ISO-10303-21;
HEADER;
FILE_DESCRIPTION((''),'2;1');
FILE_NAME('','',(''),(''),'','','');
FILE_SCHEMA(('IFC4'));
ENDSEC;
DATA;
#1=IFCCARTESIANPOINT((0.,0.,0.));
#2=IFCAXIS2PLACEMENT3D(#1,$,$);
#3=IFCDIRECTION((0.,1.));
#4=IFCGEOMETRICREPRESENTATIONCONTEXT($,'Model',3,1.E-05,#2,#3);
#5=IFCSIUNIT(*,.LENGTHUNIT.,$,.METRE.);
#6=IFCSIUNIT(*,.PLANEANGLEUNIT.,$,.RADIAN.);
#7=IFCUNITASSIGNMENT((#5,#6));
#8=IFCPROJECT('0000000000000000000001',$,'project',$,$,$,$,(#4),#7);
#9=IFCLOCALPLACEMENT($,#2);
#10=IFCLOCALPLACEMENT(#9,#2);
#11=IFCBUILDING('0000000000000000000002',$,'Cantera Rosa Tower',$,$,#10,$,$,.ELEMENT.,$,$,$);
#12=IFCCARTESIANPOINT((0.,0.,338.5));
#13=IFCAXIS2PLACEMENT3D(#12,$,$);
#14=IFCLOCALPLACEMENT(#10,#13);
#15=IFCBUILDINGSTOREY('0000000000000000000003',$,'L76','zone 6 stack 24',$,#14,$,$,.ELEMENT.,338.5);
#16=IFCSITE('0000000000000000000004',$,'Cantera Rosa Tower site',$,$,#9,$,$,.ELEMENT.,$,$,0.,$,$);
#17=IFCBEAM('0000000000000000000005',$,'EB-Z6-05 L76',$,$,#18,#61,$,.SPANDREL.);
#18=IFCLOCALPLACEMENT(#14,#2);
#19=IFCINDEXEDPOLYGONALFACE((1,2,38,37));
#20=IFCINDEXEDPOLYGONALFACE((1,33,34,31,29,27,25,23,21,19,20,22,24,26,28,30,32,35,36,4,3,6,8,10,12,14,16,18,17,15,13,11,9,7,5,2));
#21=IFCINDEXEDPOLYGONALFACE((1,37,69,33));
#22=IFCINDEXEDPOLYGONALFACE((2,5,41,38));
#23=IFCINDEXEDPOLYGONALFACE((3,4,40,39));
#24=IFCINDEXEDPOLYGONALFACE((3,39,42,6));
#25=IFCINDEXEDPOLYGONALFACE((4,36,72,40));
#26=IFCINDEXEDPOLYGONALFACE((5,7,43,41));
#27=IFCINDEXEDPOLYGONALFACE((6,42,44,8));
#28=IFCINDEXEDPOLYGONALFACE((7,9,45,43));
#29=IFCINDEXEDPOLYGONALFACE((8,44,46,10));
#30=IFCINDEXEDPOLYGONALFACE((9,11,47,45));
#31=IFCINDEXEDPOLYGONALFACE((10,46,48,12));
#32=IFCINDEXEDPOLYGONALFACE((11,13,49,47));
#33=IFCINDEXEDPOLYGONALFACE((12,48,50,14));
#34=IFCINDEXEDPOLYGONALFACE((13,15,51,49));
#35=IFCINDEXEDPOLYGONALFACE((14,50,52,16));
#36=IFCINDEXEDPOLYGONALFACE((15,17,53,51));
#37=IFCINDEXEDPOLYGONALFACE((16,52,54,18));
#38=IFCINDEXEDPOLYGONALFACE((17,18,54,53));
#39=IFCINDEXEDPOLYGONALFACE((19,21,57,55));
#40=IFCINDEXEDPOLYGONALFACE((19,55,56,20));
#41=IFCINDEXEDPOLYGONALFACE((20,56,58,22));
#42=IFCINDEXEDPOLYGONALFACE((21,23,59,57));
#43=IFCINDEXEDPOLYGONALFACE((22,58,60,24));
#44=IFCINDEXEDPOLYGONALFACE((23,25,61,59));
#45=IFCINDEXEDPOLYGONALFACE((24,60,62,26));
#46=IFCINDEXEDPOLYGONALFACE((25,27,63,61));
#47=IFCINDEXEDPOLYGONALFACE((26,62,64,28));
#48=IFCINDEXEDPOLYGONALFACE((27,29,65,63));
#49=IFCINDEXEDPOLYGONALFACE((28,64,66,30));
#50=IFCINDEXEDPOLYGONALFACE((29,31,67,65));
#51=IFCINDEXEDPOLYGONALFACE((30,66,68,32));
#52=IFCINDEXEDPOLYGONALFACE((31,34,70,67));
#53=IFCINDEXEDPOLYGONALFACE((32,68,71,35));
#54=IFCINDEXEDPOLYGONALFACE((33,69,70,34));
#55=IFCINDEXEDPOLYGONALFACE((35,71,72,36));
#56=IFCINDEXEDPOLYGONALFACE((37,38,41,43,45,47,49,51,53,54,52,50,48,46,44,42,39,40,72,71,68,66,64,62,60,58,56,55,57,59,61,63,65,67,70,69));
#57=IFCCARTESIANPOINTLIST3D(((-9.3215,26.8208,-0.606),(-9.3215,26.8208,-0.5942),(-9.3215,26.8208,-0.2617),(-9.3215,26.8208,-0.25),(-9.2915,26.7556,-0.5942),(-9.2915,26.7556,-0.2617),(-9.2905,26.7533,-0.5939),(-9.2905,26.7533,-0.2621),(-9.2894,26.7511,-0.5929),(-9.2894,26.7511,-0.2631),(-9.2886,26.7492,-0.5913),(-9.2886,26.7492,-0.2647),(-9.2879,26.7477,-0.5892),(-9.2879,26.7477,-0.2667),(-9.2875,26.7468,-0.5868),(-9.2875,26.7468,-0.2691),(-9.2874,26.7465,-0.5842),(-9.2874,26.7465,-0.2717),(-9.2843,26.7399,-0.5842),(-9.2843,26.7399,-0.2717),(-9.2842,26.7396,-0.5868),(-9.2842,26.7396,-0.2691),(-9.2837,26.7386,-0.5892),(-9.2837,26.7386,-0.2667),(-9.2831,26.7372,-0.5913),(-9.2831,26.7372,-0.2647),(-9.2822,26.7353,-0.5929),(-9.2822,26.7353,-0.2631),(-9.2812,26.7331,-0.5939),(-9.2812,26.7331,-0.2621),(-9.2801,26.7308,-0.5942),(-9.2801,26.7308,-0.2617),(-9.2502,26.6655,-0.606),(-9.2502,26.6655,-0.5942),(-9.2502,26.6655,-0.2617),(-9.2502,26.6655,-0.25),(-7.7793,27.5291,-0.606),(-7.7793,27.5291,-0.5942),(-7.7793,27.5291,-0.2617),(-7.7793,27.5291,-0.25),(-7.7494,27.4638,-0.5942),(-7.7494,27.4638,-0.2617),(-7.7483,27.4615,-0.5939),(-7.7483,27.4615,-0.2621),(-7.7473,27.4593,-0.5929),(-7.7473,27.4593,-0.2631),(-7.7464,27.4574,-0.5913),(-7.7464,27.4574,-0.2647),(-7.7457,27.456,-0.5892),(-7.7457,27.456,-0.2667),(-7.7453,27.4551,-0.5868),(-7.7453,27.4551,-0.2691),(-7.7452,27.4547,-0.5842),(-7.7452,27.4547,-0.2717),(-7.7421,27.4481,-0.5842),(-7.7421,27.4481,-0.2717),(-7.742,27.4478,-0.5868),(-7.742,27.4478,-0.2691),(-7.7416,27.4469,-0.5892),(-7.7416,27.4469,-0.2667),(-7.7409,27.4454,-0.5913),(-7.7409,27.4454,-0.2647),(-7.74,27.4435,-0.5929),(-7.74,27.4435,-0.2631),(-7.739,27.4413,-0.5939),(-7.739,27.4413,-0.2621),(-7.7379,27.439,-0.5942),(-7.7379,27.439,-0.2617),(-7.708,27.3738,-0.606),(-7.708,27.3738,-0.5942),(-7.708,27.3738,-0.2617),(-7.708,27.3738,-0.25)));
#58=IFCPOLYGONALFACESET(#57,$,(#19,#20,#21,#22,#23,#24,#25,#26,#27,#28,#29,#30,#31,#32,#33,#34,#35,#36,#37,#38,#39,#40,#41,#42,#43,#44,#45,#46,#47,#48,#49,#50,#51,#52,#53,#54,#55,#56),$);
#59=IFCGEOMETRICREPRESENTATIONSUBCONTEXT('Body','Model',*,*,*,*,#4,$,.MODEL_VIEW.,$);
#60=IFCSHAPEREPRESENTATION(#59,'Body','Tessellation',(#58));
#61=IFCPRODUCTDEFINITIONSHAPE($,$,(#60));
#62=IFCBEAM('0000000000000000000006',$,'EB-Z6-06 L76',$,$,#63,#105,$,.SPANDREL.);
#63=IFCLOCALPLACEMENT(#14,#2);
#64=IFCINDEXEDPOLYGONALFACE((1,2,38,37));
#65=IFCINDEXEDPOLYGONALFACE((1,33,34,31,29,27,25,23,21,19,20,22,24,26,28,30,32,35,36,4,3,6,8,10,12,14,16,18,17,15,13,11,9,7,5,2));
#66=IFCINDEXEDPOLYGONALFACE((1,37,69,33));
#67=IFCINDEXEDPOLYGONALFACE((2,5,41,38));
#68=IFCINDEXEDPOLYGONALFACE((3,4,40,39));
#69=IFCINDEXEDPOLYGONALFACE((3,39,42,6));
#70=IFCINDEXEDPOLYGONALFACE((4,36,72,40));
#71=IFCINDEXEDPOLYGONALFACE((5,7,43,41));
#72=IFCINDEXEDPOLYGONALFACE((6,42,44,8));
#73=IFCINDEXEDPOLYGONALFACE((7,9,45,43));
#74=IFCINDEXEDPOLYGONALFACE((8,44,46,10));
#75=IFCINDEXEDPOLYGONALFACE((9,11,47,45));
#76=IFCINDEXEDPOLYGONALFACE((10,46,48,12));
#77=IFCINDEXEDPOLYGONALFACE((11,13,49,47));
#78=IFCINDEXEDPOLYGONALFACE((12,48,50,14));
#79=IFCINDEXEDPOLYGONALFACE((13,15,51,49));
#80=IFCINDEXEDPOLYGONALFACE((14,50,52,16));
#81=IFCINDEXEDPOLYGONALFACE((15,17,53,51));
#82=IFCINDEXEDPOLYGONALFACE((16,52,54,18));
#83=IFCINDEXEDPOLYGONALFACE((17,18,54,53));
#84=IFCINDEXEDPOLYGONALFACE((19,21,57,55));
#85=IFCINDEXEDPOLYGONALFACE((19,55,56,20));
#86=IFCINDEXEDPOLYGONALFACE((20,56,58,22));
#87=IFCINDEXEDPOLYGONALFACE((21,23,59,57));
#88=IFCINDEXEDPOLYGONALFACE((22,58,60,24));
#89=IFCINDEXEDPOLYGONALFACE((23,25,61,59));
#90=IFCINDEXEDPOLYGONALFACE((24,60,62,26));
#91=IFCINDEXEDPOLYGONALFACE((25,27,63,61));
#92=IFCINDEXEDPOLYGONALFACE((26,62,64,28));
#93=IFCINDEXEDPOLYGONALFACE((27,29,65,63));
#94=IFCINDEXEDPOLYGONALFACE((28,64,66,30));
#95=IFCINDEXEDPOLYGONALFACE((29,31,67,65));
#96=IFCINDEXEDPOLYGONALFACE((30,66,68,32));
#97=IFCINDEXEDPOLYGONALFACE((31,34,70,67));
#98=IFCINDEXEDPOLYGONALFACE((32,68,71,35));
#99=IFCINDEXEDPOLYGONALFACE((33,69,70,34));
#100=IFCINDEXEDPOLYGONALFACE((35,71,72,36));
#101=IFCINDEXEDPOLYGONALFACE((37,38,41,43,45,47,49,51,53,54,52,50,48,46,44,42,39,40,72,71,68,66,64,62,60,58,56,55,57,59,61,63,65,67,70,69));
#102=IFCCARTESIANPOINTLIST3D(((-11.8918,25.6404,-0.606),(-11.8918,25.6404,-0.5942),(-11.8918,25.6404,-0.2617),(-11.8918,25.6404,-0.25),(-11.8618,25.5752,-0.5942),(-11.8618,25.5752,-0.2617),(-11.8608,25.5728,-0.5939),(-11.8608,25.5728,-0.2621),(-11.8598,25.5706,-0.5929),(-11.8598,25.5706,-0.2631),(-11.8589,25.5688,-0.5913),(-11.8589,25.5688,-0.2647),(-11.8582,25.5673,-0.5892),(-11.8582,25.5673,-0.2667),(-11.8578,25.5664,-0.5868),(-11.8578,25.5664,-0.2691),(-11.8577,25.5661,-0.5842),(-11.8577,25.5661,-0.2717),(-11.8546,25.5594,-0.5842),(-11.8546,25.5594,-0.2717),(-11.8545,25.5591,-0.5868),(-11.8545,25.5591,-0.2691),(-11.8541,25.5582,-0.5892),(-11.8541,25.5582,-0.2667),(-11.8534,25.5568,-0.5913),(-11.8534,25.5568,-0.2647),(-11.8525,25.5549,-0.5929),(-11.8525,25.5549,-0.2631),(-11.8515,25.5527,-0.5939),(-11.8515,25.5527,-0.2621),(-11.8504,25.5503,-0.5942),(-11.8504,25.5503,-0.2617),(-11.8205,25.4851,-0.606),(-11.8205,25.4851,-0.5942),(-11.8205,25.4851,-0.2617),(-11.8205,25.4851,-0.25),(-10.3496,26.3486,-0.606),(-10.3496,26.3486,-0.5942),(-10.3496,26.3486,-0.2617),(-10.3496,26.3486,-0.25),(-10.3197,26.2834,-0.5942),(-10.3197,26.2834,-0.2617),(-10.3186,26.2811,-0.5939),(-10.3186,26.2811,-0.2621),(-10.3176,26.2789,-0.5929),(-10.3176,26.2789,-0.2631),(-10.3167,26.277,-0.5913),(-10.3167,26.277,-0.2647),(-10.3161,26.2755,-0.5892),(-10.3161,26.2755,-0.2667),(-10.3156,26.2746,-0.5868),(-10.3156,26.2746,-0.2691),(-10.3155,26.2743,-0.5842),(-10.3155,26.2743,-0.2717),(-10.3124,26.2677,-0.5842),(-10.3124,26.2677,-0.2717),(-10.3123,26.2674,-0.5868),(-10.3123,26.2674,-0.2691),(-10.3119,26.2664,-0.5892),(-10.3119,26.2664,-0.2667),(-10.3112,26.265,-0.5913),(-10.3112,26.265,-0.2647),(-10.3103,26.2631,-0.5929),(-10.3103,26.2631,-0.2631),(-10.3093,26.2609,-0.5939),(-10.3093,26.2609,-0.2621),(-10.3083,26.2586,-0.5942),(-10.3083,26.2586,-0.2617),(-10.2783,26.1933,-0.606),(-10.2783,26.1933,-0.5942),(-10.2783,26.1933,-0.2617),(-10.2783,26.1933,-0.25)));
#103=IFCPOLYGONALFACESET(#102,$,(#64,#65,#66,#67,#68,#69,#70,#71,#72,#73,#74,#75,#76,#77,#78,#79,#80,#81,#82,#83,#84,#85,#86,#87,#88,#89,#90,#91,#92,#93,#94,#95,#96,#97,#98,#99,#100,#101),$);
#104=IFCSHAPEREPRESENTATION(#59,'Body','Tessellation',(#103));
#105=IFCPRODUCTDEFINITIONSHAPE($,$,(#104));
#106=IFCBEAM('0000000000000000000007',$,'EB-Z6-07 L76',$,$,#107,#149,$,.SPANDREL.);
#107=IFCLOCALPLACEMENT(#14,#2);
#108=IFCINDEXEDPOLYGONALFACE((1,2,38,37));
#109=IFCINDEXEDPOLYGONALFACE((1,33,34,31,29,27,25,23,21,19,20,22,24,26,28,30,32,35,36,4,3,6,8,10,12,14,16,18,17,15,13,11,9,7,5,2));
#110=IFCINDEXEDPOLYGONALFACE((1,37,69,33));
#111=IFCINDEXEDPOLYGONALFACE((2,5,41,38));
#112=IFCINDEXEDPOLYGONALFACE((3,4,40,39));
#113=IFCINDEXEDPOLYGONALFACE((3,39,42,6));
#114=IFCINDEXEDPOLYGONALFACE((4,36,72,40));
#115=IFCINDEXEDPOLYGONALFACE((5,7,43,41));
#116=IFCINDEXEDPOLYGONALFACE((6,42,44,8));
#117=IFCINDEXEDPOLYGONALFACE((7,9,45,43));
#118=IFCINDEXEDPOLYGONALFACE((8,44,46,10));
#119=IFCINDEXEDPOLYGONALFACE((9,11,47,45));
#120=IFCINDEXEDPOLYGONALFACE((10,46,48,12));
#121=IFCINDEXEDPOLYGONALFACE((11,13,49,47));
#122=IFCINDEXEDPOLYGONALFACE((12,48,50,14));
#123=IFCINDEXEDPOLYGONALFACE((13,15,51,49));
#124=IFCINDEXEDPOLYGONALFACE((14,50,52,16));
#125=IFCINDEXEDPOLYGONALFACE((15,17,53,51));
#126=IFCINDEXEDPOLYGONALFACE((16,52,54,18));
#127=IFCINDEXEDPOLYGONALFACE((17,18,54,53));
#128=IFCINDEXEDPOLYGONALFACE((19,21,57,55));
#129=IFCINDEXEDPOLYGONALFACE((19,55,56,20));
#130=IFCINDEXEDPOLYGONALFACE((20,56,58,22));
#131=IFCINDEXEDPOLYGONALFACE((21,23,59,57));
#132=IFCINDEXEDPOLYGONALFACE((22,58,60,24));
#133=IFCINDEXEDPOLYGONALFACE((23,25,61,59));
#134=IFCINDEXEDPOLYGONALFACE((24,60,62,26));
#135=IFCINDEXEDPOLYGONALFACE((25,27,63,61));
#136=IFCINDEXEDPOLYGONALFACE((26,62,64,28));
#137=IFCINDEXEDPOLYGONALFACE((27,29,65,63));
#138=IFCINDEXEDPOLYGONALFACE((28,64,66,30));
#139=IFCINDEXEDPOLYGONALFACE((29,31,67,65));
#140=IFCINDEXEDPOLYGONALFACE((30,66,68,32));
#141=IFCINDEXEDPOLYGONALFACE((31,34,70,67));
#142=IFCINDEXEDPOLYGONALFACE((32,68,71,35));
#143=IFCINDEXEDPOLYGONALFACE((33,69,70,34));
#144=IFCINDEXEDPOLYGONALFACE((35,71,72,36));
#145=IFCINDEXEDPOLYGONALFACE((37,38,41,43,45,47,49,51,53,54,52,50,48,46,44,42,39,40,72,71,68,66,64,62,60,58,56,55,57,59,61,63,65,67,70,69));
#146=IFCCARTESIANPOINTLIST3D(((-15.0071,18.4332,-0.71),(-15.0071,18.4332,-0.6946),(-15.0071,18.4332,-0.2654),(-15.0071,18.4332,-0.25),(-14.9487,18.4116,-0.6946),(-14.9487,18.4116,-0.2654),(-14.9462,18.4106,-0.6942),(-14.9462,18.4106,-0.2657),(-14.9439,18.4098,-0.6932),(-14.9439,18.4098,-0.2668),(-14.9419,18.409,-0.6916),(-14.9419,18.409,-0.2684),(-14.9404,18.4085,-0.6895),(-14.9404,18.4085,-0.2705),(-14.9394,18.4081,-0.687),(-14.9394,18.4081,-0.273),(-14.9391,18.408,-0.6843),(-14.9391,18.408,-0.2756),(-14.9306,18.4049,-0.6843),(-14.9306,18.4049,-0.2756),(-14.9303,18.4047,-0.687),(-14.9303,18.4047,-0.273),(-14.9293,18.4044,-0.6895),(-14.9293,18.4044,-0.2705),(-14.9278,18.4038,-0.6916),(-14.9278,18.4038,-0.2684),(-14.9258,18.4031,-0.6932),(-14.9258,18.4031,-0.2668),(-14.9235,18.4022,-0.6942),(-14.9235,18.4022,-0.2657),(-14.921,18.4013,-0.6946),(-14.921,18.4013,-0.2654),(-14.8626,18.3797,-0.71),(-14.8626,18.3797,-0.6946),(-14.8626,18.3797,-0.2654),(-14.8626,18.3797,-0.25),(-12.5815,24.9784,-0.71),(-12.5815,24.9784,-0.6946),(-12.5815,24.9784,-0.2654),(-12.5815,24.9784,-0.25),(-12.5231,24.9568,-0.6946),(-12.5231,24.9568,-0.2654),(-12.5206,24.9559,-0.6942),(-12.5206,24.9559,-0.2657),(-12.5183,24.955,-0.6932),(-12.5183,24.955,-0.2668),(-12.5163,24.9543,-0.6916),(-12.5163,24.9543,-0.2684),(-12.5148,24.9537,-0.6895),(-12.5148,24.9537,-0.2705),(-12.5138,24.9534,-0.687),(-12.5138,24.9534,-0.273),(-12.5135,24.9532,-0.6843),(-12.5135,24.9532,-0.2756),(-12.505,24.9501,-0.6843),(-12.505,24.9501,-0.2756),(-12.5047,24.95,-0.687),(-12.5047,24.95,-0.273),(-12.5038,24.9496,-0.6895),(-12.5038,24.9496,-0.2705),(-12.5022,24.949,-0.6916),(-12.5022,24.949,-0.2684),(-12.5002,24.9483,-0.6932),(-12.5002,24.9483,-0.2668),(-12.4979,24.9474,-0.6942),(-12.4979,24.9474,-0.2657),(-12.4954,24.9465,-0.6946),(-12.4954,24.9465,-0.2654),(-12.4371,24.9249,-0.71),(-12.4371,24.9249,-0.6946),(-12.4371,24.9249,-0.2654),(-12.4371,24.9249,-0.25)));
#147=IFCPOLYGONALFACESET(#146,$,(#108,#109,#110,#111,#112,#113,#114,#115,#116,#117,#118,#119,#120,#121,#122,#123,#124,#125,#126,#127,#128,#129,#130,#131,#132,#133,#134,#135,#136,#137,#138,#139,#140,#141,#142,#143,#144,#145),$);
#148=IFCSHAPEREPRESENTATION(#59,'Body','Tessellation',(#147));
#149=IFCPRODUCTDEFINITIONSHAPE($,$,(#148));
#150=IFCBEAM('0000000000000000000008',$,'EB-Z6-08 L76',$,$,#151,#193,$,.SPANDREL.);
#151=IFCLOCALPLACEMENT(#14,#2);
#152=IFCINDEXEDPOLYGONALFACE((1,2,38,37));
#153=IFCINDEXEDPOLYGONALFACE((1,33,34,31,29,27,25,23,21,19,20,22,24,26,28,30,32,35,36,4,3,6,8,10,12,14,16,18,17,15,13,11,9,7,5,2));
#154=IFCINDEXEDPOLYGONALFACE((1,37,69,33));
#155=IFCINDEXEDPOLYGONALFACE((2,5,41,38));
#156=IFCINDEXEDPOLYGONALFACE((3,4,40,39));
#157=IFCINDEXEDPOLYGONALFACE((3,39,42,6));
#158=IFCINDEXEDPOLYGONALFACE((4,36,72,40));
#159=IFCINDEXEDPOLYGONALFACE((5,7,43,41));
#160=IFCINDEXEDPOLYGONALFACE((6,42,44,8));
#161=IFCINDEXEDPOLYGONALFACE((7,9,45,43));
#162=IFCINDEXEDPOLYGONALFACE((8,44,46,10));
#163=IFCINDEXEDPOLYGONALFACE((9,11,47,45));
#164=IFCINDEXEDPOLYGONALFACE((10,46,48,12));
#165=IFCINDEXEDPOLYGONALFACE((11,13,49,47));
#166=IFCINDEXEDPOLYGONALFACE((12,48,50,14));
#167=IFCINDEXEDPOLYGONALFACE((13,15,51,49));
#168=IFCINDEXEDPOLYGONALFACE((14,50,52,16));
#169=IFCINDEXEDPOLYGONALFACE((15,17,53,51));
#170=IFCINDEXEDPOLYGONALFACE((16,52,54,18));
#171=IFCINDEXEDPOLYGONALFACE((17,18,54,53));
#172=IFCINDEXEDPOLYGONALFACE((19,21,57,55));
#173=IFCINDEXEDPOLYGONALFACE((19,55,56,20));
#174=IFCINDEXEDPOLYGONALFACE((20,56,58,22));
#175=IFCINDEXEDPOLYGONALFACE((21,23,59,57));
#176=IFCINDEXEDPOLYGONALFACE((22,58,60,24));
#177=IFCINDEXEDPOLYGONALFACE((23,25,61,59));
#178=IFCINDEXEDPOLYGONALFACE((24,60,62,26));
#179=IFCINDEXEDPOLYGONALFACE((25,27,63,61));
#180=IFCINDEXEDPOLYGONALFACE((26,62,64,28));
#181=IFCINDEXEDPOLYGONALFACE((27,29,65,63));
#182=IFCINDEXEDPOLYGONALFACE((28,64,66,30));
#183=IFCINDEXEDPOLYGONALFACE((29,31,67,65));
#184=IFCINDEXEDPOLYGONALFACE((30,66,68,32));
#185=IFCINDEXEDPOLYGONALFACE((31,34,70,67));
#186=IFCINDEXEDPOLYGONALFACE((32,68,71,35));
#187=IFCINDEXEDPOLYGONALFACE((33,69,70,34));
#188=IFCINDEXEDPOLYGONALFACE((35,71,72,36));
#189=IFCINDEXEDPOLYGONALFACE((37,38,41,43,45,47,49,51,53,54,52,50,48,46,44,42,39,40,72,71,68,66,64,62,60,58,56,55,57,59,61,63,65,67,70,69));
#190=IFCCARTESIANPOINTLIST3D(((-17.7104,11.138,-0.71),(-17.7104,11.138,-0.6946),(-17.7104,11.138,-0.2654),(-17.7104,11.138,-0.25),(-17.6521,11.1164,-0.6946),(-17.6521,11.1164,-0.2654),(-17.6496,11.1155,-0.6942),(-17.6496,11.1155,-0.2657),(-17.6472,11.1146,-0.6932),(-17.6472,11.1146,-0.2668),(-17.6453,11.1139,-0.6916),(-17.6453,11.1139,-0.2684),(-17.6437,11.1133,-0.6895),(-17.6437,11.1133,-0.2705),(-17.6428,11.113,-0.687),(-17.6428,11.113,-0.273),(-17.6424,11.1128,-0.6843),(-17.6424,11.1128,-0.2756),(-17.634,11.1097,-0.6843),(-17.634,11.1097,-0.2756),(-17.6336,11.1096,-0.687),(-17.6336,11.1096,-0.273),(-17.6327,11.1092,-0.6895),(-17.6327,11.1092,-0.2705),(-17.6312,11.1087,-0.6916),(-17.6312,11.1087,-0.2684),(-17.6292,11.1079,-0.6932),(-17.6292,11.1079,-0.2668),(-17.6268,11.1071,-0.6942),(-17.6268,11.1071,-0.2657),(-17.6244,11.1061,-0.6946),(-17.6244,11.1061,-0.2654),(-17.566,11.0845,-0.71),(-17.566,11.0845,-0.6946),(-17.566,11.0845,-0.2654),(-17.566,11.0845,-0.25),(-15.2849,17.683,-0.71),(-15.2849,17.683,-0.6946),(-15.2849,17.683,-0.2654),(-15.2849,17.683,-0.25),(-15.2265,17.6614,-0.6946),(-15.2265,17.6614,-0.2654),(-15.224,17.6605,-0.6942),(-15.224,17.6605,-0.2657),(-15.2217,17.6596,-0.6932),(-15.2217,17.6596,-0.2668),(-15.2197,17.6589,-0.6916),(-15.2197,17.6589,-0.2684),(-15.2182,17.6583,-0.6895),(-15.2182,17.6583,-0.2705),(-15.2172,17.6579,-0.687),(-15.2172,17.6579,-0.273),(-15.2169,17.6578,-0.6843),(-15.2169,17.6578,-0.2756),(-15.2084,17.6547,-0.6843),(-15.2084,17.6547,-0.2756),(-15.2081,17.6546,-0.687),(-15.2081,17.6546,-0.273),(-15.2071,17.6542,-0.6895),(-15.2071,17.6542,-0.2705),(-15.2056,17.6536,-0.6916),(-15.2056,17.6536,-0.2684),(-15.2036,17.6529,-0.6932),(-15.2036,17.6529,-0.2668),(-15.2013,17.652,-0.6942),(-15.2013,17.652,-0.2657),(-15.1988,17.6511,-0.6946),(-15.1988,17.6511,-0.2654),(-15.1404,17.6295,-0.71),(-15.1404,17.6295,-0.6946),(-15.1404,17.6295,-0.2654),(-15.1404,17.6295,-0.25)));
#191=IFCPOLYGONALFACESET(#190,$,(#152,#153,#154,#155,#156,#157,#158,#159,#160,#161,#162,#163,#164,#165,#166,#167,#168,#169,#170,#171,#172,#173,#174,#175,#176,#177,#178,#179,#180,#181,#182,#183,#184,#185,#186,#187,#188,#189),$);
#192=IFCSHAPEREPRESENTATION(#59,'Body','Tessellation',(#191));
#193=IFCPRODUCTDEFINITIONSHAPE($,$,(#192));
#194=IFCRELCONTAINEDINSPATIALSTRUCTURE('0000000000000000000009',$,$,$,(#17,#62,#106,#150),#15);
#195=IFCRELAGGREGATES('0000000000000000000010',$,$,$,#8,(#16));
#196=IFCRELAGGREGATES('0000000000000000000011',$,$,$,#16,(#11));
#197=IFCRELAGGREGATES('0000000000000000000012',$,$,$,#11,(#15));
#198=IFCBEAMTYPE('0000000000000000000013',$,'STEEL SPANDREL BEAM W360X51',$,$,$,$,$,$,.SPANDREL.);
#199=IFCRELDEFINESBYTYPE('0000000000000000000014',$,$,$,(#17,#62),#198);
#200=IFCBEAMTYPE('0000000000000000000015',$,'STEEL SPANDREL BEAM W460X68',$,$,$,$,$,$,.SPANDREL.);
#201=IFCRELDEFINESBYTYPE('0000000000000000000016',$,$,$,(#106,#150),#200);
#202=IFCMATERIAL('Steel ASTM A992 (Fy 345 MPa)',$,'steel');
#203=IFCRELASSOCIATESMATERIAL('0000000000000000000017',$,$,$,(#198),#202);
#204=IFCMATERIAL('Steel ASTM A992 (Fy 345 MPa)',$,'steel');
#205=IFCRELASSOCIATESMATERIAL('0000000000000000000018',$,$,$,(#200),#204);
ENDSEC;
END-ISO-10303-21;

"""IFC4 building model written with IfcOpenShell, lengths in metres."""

from ifc_helpers import new_model, si_unit, direction, frame, origin, origin_2d, place, context, subcontext, project, spatial, i_section, extrude, material, material_profile, profile_set, type_object, element, save


model = new_model("IFC4")

# Units and contexts
model_context = context("Model", 3, precision=1e-05, world=origin(), true_north=direction((0.0, 1.0)))
body_context = subcontext(model_context, "Body", "Model", "MODEL_VIEW")
ifc_project = project(units=[si_unit("LENGTHUNIT", "METRE"), si_unit("PLANEANGLEUNIT", "RADIAN")], contexts=[model_context])

# Site, building, storey
site_placement = place(None, origin())
site = spatial("IfcSite", under=ifc_project, at=site_placement, Name="Cantera Rosa Tower site", CompositionType="ELEMENT", RefElevation=0.0)
building_placement = place(site_placement, origin())
building = spatial("IfcBuilding", under=site, at=building_placement, Name="Cantera Rosa Tower", CompositionType="ELEMENT")
storey_placement = place(building_placement, frame((0.0, 0.0, 338.5)))
storey = spatial("IfcBuildingStorey", under=building, at=storey_placement, Name="L76", Description="zone 6 stack 24", CompositionType="ELEMENT", Elevation=338.5)

# Beams
ifc_material_1 = material(Name="Steel ASTM A992 (Fy 345 MPa)", Category="steel")
ifc_material_profile_1 = material_profile(ifc_material_1, i_section(OverallWidth=0.1709, OverallDepth=0.356, WebThickness=0.0073, FlangeThickness=0.0117, FilletRadius=0.01, at=origin_2d()), Name="W360X51")
ifc_profile_set_1 = profile_set([ifc_material_profile_1], Name="Steel ASTM A992 (Fy 345 MPa)")
beam_type_1 = type_object("IfcBeamType", Name="STEEL SPANDREL BEAM W360X51", PredefinedType="SPANDREL", material=ifc_profile_set_1)
for number, where, z_axis, x_axis, name in (
    (1, (-7.7437, 27.4514, -0.428), (-0.908754, -0.417333, 0.0), (0.417333, -0.908754, 0.0), "EB-Z6-05 L76"),
    (2, (-10.314, 26.271, -0.428), (-0.908754, -0.417333, 0.0), (0.417333, -0.908754, 0.0), "EB-Z6-06 L76"),
):
    element("IfcBeam", number, at=place(storey_placement, frame(where, z_axis=z_axis, x_axis=x_axis)), inside=storey, type_object=beam_type_1, Name=name, PredefinedType="SPANDREL", context=body_context, shape_type="SweptSolid", body=[
        extrude(i_section(OverallWidth=0.1709, OverallDepth=0.356, WebThickness=0.0073, FlangeThickness=0.0117, FilletRadius=0.01, at=origin_2d()), origin(), (0.0, 0.0, 1.0), 1.697),
    ])
ifc_material_2 = material(Name="Steel ASTM A992 (Fy 345 MPa)", Category="steel")
ifc_material_profile_2 = material_profile(ifc_material_2, i_section(OverallWidth=0.1541, OverallDepth=0.46, WebThickness=0.009, FlangeThickness=0.0154, FilletRadius=0.0103, at=origin_2d()), Name="W460X68")
ifc_profile_set_2 = profile_set([ifc_material_profile_2], Name="Steel ASTM A992 (Fy 345 MPa)")
beam_type_2 = type_object("IfcBeamType", Name="STEEL SPANDREL BEAM W460X68", PredefinedType="SPANDREL", material=ifc_profile_set_2)
beam_1_placement = place(storey_placement, frame((-12.5093, 24.9517, -0.48), z_axis=(-0.347491, -0.937683, 0.0), x_axis=(0.937683, -0.347491, 0.0)))
element("IfcBeam", 3, at=beam_1_placement, inside=storey, type_object=beam_type_2, Name="EB-Z6-07 L76", PredefinedType="SPANDREL", context=body_context, shape_type="SweptSolid", body=[
    extrude(i_section(OverallWidth=0.1541, OverallDepth=0.46, WebThickness=0.009, FlangeThickness=0.0154, FilletRadius=0.0103, at=origin_2d()), origin(), (0.0, 0.0, 1.0), 6.9802),
])
beam_2_placement = place(storey_placement, frame((-15.2126, 17.6562, -0.48), z_axis=(-0.347502, -0.937679, 0.0), x_axis=(0.937679, -0.347502, 0.0)))
element("IfcBeam", 4, at=beam_2_placement, inside=storey, type_object=beam_type_2, Name="EB-Z6-08 L76", PredefinedType="SPANDREL", context=body_context, shape_type="SweptSolid", body=[
    extrude(i_section(OverallWidth=0.1541, OverallDepth=0.46, WebThickness=0.009, FlangeThickness=0.0154, FilletRadius=0.0103, at=origin_2d()), origin(), (0.0, 0.0, 1.0), 6.98),
])

save(model, "model.ifc")
